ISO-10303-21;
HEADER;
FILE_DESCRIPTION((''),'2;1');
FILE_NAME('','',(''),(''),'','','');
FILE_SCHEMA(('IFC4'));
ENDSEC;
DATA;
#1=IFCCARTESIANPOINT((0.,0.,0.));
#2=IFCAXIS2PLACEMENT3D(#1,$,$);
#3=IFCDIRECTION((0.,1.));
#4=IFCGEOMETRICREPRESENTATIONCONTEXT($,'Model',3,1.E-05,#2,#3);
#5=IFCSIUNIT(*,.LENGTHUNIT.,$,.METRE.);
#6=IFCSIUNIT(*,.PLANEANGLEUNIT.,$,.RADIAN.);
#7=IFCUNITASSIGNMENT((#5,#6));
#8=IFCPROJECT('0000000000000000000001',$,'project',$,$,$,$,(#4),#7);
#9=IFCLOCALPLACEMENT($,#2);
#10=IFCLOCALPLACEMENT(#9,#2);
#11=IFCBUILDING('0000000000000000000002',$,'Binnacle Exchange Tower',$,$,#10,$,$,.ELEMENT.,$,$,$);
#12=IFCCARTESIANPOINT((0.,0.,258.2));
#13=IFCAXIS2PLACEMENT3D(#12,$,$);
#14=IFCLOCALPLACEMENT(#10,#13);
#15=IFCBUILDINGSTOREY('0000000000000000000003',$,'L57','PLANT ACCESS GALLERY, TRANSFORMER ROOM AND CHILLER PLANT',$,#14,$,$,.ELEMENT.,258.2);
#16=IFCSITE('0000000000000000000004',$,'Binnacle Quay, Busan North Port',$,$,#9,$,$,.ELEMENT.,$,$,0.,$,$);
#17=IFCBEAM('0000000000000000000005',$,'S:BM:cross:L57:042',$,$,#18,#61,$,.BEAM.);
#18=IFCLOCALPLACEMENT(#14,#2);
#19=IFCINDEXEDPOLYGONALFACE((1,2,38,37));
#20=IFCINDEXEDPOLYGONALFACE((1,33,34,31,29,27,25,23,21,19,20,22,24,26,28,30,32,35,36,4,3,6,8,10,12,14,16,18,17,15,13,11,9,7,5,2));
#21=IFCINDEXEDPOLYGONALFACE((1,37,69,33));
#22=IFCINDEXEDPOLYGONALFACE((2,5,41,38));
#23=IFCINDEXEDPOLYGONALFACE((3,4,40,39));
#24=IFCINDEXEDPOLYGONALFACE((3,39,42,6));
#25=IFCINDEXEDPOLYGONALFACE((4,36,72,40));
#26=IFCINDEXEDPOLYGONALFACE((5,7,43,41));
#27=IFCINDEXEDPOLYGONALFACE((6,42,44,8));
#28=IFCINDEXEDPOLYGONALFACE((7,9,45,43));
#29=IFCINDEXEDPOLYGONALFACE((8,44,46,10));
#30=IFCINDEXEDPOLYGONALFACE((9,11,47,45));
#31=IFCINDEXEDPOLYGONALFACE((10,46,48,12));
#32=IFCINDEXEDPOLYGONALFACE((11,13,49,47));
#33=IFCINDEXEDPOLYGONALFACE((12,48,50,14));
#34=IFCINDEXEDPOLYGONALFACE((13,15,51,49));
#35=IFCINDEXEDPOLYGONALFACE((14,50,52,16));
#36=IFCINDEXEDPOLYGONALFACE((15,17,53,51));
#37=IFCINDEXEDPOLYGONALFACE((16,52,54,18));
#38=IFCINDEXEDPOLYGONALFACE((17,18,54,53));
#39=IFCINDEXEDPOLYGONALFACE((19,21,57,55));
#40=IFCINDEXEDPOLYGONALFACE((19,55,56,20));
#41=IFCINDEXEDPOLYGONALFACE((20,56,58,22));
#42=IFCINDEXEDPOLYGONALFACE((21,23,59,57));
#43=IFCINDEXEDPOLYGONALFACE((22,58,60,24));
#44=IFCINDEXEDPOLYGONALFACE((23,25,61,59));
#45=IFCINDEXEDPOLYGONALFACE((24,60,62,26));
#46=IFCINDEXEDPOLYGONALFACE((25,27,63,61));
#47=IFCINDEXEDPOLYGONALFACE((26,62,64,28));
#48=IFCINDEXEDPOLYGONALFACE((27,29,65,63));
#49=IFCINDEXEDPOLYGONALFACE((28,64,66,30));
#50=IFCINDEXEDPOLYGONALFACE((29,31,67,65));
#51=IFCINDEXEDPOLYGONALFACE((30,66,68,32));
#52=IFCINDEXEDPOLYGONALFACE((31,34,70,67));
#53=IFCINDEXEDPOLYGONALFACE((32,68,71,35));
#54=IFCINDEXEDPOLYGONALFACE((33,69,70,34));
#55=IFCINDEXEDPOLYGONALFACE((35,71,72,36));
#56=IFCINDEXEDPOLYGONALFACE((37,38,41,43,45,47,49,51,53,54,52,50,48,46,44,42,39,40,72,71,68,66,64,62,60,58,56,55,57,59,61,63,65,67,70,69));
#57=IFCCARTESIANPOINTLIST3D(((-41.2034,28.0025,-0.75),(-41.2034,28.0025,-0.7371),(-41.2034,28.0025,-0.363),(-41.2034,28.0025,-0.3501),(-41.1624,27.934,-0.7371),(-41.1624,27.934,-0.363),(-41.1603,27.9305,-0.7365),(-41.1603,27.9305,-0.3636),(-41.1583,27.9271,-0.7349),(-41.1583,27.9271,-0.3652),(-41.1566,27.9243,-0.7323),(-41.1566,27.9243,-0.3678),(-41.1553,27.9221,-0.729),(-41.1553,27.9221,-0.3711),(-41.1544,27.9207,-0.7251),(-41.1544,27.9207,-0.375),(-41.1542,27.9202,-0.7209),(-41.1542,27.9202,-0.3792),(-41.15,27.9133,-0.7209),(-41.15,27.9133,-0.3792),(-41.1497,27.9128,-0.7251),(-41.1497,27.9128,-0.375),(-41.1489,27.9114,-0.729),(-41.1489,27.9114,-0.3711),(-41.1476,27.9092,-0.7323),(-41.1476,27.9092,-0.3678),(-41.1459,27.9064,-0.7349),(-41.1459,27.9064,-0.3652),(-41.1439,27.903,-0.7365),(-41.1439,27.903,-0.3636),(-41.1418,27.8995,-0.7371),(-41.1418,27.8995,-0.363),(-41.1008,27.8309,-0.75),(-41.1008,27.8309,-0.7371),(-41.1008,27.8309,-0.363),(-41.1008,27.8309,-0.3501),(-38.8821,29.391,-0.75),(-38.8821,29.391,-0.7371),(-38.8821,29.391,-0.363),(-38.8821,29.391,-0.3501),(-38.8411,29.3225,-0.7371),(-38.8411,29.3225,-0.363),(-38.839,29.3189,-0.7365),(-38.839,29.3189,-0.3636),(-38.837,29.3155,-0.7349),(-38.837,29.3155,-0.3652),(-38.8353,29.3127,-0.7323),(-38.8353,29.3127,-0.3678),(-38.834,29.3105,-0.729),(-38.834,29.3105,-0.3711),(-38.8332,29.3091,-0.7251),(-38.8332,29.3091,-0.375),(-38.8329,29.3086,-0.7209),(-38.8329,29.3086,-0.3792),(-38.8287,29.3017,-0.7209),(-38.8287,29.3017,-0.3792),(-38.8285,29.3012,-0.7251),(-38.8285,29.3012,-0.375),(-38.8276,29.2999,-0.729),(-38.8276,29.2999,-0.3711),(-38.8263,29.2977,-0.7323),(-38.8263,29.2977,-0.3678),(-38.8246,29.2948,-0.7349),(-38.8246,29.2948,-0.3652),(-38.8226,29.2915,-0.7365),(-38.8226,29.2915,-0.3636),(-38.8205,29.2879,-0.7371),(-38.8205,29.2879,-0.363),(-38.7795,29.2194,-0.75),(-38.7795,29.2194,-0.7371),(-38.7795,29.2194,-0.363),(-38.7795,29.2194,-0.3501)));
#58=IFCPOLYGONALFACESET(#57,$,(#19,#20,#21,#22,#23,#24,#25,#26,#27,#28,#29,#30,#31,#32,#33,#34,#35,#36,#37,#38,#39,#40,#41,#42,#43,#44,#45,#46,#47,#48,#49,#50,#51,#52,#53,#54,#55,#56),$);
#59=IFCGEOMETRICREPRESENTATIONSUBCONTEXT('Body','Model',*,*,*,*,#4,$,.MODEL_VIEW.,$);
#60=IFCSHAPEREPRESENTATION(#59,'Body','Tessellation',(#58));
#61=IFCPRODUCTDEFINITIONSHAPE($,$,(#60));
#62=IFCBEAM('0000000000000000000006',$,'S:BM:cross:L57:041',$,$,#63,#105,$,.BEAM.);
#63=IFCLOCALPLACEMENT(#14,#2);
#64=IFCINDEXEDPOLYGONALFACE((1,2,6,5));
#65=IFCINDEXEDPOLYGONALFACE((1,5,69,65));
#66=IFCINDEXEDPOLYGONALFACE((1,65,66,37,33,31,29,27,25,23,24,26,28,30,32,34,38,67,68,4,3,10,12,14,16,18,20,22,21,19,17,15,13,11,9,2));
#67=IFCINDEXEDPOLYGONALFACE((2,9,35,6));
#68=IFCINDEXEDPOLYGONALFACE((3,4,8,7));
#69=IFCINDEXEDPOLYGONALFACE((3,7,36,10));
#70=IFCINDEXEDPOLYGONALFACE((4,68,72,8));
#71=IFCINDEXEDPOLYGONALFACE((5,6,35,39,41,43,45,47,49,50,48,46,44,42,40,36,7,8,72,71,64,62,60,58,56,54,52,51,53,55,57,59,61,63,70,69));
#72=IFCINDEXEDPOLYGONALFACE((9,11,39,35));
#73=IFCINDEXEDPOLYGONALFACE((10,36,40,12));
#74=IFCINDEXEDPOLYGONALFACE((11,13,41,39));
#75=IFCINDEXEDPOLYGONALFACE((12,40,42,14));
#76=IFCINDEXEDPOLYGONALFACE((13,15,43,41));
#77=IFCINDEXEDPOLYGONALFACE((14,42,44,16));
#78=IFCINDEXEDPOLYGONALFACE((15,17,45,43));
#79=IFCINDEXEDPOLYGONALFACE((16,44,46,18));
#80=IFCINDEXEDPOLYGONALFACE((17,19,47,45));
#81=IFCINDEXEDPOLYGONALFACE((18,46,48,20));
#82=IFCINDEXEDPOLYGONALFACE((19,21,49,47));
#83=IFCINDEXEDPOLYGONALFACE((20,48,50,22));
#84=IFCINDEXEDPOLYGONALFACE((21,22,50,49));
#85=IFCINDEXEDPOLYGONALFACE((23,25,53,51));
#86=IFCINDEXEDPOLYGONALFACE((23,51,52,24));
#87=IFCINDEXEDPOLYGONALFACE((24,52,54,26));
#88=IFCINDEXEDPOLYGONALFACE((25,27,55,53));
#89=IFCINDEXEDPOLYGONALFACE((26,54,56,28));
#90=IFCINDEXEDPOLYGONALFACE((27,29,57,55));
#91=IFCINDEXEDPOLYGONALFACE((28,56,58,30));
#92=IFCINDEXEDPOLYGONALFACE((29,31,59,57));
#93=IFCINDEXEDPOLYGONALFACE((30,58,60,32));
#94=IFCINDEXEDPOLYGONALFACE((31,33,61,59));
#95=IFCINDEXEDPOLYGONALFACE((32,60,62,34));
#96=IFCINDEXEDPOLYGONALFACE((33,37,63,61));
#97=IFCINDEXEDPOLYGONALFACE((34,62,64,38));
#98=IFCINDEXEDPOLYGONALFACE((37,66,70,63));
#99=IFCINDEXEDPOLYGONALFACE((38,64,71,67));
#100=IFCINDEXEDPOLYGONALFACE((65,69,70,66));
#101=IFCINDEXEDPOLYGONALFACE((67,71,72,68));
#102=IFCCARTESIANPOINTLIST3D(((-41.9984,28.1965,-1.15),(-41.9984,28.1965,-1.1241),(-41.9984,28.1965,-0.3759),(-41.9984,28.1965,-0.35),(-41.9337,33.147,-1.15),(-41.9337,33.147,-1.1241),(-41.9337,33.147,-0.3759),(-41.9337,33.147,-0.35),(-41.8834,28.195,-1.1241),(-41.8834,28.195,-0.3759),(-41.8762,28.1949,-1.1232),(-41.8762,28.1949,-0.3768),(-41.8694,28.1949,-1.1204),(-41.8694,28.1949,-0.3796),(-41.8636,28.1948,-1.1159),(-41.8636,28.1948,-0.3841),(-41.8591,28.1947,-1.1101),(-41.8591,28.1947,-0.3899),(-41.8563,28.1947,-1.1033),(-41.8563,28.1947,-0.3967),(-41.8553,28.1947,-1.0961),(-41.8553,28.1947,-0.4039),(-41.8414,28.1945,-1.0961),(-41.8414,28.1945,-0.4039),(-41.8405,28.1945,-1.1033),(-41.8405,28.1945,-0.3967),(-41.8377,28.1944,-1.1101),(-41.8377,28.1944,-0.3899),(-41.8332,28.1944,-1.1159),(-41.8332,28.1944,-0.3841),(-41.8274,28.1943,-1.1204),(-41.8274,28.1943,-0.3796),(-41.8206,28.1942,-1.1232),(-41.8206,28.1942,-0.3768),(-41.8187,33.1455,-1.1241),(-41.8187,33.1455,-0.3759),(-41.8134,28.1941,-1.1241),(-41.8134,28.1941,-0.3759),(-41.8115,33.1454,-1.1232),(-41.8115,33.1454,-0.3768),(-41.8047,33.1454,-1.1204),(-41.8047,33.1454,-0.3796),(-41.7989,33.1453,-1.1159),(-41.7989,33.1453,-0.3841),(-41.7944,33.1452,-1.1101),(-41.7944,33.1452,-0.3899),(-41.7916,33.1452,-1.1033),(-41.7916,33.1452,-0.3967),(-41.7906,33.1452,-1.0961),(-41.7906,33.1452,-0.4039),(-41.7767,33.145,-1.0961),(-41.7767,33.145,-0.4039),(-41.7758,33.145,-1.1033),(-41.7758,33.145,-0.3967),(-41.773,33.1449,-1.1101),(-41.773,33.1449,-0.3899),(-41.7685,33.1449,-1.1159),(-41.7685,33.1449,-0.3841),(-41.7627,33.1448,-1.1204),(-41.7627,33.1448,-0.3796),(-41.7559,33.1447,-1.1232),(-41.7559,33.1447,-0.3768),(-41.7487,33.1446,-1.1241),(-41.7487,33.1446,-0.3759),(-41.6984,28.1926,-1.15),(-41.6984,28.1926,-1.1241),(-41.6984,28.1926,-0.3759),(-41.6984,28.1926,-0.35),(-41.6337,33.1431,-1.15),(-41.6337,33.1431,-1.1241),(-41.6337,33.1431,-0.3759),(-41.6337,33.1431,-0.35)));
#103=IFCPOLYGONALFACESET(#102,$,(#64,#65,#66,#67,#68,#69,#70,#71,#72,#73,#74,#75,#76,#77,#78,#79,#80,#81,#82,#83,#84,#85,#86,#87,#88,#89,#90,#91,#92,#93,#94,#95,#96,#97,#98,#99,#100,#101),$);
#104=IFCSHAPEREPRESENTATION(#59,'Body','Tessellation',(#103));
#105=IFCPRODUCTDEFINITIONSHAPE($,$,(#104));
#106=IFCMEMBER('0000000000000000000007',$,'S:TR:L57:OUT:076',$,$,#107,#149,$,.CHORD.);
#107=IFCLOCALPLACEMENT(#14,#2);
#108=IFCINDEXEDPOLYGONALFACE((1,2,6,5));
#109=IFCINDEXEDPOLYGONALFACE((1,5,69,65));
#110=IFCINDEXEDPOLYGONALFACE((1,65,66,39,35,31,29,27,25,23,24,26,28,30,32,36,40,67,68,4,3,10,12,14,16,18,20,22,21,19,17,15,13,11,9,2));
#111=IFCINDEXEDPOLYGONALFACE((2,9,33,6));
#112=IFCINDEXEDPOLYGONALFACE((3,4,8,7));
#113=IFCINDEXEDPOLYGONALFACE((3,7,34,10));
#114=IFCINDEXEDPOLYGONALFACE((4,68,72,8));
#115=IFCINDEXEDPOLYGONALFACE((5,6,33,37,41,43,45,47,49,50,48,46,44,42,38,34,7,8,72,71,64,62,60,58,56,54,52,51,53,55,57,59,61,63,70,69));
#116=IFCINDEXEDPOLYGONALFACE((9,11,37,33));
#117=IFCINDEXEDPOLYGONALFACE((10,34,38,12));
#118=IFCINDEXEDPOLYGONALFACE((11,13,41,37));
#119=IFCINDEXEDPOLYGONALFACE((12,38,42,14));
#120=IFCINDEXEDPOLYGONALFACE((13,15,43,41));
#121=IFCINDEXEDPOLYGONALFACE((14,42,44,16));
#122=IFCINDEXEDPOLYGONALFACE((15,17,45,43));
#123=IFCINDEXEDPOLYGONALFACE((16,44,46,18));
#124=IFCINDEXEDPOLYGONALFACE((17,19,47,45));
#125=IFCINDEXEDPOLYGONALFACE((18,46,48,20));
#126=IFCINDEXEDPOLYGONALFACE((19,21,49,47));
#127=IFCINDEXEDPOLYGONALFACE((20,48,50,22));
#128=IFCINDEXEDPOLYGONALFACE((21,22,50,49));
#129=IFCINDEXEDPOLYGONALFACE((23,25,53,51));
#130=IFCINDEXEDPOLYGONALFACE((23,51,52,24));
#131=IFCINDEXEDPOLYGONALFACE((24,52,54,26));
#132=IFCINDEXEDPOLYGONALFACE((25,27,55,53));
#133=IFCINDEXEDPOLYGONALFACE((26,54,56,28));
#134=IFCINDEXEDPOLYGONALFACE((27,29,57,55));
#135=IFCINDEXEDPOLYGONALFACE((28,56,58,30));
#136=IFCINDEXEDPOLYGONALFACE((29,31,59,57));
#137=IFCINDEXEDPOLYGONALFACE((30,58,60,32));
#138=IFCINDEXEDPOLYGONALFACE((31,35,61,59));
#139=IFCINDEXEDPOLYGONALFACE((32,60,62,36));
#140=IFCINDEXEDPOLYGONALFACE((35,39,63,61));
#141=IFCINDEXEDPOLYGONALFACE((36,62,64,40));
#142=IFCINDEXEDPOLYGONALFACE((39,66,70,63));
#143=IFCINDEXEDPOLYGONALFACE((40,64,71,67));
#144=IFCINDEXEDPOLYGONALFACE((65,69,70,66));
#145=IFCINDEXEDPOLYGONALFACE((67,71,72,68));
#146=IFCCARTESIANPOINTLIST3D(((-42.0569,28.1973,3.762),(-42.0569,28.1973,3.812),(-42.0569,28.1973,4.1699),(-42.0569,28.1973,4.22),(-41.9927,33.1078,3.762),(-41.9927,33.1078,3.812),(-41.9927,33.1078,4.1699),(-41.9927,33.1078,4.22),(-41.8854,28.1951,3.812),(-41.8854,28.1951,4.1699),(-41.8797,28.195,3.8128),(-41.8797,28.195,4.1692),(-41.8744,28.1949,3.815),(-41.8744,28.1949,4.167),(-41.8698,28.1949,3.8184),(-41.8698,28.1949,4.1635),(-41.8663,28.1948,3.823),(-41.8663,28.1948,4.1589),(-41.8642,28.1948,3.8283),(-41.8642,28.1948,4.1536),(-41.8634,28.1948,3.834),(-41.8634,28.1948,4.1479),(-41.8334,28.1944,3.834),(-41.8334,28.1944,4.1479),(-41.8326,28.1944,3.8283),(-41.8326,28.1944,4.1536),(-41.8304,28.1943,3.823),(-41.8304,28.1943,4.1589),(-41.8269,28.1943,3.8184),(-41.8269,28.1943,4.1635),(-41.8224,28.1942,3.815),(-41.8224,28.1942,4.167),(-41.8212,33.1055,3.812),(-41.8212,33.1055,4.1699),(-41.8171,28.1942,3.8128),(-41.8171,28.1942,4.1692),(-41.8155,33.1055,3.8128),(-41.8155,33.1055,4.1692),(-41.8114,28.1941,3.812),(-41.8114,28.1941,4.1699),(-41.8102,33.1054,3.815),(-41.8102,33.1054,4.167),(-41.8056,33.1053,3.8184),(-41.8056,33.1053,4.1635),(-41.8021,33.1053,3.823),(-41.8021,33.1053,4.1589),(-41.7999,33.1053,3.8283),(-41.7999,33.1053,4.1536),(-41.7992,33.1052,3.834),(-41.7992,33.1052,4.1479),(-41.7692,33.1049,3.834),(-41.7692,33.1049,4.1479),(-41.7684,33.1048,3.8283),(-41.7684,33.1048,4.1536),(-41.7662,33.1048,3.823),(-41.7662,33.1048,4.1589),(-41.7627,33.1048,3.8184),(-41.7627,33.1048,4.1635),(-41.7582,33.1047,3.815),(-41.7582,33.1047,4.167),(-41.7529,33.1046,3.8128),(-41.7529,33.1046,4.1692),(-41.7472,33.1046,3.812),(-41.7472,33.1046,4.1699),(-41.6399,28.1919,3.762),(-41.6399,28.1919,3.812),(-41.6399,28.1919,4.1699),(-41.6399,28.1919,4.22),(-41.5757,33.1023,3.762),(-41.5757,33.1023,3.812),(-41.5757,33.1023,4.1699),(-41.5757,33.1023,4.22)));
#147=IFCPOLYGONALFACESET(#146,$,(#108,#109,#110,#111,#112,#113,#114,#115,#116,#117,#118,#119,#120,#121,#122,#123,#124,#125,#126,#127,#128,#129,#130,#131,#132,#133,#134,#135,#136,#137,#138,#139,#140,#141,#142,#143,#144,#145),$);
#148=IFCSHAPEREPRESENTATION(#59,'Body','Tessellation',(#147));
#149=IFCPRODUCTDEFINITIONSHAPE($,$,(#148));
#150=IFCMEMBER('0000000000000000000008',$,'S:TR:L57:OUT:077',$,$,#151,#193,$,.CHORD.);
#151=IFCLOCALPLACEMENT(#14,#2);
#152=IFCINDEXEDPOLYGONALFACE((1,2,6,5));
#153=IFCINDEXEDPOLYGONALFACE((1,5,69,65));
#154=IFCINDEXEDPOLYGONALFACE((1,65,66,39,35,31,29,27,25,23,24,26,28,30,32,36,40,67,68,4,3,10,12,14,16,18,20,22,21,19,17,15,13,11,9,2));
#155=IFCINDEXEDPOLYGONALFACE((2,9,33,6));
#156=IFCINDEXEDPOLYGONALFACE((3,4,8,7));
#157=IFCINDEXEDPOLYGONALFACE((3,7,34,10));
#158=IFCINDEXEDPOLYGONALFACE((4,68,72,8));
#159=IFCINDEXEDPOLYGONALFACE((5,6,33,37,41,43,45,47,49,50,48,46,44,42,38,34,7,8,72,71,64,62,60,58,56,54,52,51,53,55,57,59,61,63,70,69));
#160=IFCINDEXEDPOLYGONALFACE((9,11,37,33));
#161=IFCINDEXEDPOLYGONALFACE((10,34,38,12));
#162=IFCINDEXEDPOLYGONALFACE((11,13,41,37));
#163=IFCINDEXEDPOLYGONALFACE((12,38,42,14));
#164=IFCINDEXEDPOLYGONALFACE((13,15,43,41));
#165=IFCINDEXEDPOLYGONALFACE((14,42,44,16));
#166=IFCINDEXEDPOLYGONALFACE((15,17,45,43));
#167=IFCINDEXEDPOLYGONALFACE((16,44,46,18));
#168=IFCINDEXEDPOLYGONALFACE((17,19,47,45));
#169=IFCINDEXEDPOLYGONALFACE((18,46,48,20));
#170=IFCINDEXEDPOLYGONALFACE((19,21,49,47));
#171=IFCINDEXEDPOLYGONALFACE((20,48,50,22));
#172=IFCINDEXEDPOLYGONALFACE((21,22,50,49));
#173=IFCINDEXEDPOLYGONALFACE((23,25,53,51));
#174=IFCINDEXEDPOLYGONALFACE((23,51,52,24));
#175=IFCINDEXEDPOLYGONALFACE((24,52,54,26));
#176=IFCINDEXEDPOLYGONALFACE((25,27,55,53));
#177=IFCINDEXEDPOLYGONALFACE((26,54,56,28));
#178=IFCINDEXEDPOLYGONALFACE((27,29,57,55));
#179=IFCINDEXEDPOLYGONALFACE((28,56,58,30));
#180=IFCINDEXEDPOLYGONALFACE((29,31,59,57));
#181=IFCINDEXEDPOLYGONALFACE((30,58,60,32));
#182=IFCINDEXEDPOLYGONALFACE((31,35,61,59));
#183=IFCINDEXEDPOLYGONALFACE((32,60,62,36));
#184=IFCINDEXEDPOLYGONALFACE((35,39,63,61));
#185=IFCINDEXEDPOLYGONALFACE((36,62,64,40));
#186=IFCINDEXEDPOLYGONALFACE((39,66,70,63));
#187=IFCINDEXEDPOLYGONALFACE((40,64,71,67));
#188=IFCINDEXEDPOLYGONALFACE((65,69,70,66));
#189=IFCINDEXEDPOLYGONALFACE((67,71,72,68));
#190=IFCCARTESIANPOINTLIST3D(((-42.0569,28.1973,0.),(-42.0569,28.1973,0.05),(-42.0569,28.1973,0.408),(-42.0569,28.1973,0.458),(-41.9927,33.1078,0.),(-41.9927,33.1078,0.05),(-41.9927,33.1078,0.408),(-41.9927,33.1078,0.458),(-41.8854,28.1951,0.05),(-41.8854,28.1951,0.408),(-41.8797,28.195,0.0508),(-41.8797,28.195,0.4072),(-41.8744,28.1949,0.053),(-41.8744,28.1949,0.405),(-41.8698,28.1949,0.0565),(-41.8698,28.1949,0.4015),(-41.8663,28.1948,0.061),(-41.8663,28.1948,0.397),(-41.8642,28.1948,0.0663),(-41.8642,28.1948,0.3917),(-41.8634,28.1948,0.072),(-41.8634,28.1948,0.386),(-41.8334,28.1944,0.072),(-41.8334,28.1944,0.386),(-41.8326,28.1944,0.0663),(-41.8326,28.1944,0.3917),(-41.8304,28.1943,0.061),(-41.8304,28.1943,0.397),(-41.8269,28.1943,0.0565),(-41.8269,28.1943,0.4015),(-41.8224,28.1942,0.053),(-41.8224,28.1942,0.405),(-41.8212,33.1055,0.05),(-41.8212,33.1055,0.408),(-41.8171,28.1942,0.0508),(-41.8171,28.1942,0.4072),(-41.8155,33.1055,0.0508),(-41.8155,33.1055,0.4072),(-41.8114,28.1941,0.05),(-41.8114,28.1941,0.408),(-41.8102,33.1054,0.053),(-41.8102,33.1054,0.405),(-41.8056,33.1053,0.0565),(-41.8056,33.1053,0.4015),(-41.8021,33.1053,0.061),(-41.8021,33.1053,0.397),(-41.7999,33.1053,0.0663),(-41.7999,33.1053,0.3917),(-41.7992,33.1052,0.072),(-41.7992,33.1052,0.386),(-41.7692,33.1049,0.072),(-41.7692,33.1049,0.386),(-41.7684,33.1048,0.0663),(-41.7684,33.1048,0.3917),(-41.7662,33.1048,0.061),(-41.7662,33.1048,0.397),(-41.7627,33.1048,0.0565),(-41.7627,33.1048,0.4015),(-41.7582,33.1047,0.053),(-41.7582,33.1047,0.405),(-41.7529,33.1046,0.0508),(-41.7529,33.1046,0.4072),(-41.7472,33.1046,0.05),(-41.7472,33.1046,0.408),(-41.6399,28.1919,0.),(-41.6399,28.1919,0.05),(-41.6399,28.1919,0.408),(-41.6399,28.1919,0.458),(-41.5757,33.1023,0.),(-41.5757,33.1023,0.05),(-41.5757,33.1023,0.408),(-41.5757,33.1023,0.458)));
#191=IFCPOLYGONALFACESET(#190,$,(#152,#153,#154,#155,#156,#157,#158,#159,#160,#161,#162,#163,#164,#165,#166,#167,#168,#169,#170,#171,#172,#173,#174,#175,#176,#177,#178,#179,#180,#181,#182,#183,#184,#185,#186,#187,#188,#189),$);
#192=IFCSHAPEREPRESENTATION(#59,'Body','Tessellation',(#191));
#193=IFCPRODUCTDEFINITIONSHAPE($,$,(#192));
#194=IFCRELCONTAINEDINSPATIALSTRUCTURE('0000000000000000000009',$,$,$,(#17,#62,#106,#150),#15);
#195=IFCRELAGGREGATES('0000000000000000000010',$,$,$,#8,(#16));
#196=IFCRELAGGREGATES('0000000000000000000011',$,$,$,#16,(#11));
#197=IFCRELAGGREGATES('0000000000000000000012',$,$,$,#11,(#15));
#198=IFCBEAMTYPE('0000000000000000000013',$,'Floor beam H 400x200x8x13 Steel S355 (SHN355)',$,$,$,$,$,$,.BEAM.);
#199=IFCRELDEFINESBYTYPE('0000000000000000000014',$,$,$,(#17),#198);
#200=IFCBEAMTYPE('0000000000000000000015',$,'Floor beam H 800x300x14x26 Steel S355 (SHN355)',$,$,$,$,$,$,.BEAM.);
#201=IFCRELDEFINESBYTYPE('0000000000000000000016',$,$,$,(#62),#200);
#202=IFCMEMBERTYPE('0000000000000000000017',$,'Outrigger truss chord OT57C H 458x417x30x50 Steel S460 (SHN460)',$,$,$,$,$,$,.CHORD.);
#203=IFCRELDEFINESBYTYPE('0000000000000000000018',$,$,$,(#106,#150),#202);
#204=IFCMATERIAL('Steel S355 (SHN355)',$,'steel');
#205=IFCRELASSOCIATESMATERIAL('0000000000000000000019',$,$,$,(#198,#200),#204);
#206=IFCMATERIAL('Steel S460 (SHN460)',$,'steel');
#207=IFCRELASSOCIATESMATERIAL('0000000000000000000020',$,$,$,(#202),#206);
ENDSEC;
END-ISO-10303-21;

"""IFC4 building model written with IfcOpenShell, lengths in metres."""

from ifc_helpers import new_model, si_unit, direction, frame, origin, origin_2d, place, context, subcontext, project, spatial, i_section, extrude, material, material_profile, profile_set, type_object, element, save


model = new_model("IFC4")

# Units and contexts
model_context = context("Model", 3, precision=1e-05, world=origin(), true_north=direction((0.0, 1.0)))
body_context = subcontext(model_context, "Body", "Model", "MODEL_VIEW")
ifc_project = project(units=[si_unit("LENGTHUNIT", "METRE"), si_unit("PLANEANGLEUNIT", "RADIAN")], contexts=[model_context])

# Site, building, storey
site_placement = place(None, origin())
site = spatial("IfcSite", under=ifc_project, at=site_placement, Name="Binnacle Quay, Busan North Port", CompositionType="ELEMENT", RefElevation=0.0)
building_placement = place(site_placement, origin())
building = spatial("IfcBuilding", under=site, at=building_placement, Name="Binnacle Exchange Tower", CompositionType="ELEMENT")
storey_placement = place(building_placement, frame((0.0, 0.0, 258.2)))
storey = spatial("IfcBuildingStorey", under=building, at=storey_placement, Name="L57", Description="PLANT ACCESS GALLERY, TRANSFORMER ROOM AND CHILLER PLANT", CompositionType="ELEMENT", Elevation=258.2)

# Shared definitions
ifc_material_1 = material(Name="Steel S355 (SHN355)", Category="steel")

# Beams
ifc_material_profile_1 = material_profile(ifc_material_1, i_section(OverallWidth=0.2, OverallDepth=0.3999, WebThickness=0.0081, FlangeThickness=0.0129, FilletRadius=0.0161, at=origin_2d()), Name="H 400x200x8x13")
ifc_profile_set_1 = profile_set([ifc_material_profile_1], Name="Steel S355 (SHN355)")
beam_type_1 = type_object("IfcBeamType", Name="Floor beam H 400x200x8x13 Steel S355 (SHN355)", PredefinedType="BEAM", material=ifc_profile_set_1)
beam_1_placement = place(storey_placement, frame((-41.1521, 27.9167, -0.55), z_axis=(0.858201, 0.513314, 0.0), x_axis=(-0.513314, 0.858201, 0.0)))
element("IfcBeam", 1, at=beam_1_placement, inside=storey, type_object=beam_type_1, Name="S:BM:cross:L57:042", PredefinedType="BEAM", context=body_context, shape_type="SweptSolid", body=[
    extrude(i_section(OverallWidth=0.2, OverallDepth=0.3999, WebThickness=0.0081, FlangeThickness=0.0129, FilletRadius=0.0161, at=origin_2d()), origin(), (0.0, 0.0, 1.0), 2.7048),
])
ifc_material_profile_2 = material_profile(ifc_material_1, i_section(OverallWidth=0.3, OverallDepth=0.8, WebThickness=0.0139, FlangeThickness=0.0259, FilletRadius=0.0281, at=origin_2d()), Name="H 800x300x14x26")
ifc_profile_set_2 = profile_set([ifc_material_profile_2], Name="Steel S355 (SHN355)")
beam_type_2 = type_object("IfcBeamType", Name="Floor beam H 800x300x14x26 Steel S355 (SHN355)", PredefinedType="BEAM", material=ifc_profile_set_2)
beam_2_placement = place(storey_placement, frame((-41.8484, 28.1946, -0.75), z_axis=(0.013068, 0.999915, 0.0), x_axis=(-0.999915, 0.013068, 0.0)))
element("IfcBeam", 2, at=beam_2_placement, inside=storey, type_object=beam_type_2, Name="S:BM:cross:L57:041", PredefinedType="BEAM", context=body_context, shape_type="SweptSolid", body=[
    extrude(i_section(OverallWidth=0.3, OverallDepth=0.8, WebThickness=0.0139, FlangeThickness=0.0259, FilletRadius=0.0281, at=origin_2d()), origin(), (0.0, 0.0, 1.0), 4.9509),
])

# Members
ifc_material_2 = material(Name="Steel S460 (SHN460)", Category="steel")
ifc_material_profile_3 = material_profile(ifc_material_2, i_section(OverallWidth=0.417, OverallDepth=0.458, WebThickness=0.03, FlangeThickness=0.05, FilletRadius=0.022, at=origin_2d()), Name="H 458x417x30x50")
ifc_profile_set_3 = profile_set([ifc_material_profile_3], Name="Steel S460 (SHN460)")
member_type_1 = type_object("IfcMemberType", Name="Outrigger truss chord OT57C H 458x417x30x50 Steel S460 (SHN460)", PredefinedType="CHORD", material=ifc_profile_set_3)
for number, where, z_axis, x_axis, name in (
    (3, (-41.8484, 28.1946, 3.991), (0.013075, 0.999915, 0.0), (-0.999915, 0.013075, 0.0), "S:TR:L57:OUT:076"),
    (4, (-41.8484, 28.1946, 0.229), (0.013075, 0.999915, 0.0), (-0.999915, 0.013075, 0.0), "S:TR:L57:OUT:077"),
):
    element("IfcMember", number, at=place(storey_placement, frame(where, z_axis=z_axis, x_axis=x_axis)), inside=storey, type_object=member_type_1, Name=name, PredefinedType="CHORD", context=body_context, shape_type="SweptSolid", body=[
        extrude(i_section(OverallWidth=0.417, OverallDepth=0.458, WebThickness=0.03, FlangeThickness=0.05, FilletRadius=0.022, at=origin_2d()), origin(), (0.0, 0.0, 1.0), 4.9109),
    ])

save(model, "model.ifc")
